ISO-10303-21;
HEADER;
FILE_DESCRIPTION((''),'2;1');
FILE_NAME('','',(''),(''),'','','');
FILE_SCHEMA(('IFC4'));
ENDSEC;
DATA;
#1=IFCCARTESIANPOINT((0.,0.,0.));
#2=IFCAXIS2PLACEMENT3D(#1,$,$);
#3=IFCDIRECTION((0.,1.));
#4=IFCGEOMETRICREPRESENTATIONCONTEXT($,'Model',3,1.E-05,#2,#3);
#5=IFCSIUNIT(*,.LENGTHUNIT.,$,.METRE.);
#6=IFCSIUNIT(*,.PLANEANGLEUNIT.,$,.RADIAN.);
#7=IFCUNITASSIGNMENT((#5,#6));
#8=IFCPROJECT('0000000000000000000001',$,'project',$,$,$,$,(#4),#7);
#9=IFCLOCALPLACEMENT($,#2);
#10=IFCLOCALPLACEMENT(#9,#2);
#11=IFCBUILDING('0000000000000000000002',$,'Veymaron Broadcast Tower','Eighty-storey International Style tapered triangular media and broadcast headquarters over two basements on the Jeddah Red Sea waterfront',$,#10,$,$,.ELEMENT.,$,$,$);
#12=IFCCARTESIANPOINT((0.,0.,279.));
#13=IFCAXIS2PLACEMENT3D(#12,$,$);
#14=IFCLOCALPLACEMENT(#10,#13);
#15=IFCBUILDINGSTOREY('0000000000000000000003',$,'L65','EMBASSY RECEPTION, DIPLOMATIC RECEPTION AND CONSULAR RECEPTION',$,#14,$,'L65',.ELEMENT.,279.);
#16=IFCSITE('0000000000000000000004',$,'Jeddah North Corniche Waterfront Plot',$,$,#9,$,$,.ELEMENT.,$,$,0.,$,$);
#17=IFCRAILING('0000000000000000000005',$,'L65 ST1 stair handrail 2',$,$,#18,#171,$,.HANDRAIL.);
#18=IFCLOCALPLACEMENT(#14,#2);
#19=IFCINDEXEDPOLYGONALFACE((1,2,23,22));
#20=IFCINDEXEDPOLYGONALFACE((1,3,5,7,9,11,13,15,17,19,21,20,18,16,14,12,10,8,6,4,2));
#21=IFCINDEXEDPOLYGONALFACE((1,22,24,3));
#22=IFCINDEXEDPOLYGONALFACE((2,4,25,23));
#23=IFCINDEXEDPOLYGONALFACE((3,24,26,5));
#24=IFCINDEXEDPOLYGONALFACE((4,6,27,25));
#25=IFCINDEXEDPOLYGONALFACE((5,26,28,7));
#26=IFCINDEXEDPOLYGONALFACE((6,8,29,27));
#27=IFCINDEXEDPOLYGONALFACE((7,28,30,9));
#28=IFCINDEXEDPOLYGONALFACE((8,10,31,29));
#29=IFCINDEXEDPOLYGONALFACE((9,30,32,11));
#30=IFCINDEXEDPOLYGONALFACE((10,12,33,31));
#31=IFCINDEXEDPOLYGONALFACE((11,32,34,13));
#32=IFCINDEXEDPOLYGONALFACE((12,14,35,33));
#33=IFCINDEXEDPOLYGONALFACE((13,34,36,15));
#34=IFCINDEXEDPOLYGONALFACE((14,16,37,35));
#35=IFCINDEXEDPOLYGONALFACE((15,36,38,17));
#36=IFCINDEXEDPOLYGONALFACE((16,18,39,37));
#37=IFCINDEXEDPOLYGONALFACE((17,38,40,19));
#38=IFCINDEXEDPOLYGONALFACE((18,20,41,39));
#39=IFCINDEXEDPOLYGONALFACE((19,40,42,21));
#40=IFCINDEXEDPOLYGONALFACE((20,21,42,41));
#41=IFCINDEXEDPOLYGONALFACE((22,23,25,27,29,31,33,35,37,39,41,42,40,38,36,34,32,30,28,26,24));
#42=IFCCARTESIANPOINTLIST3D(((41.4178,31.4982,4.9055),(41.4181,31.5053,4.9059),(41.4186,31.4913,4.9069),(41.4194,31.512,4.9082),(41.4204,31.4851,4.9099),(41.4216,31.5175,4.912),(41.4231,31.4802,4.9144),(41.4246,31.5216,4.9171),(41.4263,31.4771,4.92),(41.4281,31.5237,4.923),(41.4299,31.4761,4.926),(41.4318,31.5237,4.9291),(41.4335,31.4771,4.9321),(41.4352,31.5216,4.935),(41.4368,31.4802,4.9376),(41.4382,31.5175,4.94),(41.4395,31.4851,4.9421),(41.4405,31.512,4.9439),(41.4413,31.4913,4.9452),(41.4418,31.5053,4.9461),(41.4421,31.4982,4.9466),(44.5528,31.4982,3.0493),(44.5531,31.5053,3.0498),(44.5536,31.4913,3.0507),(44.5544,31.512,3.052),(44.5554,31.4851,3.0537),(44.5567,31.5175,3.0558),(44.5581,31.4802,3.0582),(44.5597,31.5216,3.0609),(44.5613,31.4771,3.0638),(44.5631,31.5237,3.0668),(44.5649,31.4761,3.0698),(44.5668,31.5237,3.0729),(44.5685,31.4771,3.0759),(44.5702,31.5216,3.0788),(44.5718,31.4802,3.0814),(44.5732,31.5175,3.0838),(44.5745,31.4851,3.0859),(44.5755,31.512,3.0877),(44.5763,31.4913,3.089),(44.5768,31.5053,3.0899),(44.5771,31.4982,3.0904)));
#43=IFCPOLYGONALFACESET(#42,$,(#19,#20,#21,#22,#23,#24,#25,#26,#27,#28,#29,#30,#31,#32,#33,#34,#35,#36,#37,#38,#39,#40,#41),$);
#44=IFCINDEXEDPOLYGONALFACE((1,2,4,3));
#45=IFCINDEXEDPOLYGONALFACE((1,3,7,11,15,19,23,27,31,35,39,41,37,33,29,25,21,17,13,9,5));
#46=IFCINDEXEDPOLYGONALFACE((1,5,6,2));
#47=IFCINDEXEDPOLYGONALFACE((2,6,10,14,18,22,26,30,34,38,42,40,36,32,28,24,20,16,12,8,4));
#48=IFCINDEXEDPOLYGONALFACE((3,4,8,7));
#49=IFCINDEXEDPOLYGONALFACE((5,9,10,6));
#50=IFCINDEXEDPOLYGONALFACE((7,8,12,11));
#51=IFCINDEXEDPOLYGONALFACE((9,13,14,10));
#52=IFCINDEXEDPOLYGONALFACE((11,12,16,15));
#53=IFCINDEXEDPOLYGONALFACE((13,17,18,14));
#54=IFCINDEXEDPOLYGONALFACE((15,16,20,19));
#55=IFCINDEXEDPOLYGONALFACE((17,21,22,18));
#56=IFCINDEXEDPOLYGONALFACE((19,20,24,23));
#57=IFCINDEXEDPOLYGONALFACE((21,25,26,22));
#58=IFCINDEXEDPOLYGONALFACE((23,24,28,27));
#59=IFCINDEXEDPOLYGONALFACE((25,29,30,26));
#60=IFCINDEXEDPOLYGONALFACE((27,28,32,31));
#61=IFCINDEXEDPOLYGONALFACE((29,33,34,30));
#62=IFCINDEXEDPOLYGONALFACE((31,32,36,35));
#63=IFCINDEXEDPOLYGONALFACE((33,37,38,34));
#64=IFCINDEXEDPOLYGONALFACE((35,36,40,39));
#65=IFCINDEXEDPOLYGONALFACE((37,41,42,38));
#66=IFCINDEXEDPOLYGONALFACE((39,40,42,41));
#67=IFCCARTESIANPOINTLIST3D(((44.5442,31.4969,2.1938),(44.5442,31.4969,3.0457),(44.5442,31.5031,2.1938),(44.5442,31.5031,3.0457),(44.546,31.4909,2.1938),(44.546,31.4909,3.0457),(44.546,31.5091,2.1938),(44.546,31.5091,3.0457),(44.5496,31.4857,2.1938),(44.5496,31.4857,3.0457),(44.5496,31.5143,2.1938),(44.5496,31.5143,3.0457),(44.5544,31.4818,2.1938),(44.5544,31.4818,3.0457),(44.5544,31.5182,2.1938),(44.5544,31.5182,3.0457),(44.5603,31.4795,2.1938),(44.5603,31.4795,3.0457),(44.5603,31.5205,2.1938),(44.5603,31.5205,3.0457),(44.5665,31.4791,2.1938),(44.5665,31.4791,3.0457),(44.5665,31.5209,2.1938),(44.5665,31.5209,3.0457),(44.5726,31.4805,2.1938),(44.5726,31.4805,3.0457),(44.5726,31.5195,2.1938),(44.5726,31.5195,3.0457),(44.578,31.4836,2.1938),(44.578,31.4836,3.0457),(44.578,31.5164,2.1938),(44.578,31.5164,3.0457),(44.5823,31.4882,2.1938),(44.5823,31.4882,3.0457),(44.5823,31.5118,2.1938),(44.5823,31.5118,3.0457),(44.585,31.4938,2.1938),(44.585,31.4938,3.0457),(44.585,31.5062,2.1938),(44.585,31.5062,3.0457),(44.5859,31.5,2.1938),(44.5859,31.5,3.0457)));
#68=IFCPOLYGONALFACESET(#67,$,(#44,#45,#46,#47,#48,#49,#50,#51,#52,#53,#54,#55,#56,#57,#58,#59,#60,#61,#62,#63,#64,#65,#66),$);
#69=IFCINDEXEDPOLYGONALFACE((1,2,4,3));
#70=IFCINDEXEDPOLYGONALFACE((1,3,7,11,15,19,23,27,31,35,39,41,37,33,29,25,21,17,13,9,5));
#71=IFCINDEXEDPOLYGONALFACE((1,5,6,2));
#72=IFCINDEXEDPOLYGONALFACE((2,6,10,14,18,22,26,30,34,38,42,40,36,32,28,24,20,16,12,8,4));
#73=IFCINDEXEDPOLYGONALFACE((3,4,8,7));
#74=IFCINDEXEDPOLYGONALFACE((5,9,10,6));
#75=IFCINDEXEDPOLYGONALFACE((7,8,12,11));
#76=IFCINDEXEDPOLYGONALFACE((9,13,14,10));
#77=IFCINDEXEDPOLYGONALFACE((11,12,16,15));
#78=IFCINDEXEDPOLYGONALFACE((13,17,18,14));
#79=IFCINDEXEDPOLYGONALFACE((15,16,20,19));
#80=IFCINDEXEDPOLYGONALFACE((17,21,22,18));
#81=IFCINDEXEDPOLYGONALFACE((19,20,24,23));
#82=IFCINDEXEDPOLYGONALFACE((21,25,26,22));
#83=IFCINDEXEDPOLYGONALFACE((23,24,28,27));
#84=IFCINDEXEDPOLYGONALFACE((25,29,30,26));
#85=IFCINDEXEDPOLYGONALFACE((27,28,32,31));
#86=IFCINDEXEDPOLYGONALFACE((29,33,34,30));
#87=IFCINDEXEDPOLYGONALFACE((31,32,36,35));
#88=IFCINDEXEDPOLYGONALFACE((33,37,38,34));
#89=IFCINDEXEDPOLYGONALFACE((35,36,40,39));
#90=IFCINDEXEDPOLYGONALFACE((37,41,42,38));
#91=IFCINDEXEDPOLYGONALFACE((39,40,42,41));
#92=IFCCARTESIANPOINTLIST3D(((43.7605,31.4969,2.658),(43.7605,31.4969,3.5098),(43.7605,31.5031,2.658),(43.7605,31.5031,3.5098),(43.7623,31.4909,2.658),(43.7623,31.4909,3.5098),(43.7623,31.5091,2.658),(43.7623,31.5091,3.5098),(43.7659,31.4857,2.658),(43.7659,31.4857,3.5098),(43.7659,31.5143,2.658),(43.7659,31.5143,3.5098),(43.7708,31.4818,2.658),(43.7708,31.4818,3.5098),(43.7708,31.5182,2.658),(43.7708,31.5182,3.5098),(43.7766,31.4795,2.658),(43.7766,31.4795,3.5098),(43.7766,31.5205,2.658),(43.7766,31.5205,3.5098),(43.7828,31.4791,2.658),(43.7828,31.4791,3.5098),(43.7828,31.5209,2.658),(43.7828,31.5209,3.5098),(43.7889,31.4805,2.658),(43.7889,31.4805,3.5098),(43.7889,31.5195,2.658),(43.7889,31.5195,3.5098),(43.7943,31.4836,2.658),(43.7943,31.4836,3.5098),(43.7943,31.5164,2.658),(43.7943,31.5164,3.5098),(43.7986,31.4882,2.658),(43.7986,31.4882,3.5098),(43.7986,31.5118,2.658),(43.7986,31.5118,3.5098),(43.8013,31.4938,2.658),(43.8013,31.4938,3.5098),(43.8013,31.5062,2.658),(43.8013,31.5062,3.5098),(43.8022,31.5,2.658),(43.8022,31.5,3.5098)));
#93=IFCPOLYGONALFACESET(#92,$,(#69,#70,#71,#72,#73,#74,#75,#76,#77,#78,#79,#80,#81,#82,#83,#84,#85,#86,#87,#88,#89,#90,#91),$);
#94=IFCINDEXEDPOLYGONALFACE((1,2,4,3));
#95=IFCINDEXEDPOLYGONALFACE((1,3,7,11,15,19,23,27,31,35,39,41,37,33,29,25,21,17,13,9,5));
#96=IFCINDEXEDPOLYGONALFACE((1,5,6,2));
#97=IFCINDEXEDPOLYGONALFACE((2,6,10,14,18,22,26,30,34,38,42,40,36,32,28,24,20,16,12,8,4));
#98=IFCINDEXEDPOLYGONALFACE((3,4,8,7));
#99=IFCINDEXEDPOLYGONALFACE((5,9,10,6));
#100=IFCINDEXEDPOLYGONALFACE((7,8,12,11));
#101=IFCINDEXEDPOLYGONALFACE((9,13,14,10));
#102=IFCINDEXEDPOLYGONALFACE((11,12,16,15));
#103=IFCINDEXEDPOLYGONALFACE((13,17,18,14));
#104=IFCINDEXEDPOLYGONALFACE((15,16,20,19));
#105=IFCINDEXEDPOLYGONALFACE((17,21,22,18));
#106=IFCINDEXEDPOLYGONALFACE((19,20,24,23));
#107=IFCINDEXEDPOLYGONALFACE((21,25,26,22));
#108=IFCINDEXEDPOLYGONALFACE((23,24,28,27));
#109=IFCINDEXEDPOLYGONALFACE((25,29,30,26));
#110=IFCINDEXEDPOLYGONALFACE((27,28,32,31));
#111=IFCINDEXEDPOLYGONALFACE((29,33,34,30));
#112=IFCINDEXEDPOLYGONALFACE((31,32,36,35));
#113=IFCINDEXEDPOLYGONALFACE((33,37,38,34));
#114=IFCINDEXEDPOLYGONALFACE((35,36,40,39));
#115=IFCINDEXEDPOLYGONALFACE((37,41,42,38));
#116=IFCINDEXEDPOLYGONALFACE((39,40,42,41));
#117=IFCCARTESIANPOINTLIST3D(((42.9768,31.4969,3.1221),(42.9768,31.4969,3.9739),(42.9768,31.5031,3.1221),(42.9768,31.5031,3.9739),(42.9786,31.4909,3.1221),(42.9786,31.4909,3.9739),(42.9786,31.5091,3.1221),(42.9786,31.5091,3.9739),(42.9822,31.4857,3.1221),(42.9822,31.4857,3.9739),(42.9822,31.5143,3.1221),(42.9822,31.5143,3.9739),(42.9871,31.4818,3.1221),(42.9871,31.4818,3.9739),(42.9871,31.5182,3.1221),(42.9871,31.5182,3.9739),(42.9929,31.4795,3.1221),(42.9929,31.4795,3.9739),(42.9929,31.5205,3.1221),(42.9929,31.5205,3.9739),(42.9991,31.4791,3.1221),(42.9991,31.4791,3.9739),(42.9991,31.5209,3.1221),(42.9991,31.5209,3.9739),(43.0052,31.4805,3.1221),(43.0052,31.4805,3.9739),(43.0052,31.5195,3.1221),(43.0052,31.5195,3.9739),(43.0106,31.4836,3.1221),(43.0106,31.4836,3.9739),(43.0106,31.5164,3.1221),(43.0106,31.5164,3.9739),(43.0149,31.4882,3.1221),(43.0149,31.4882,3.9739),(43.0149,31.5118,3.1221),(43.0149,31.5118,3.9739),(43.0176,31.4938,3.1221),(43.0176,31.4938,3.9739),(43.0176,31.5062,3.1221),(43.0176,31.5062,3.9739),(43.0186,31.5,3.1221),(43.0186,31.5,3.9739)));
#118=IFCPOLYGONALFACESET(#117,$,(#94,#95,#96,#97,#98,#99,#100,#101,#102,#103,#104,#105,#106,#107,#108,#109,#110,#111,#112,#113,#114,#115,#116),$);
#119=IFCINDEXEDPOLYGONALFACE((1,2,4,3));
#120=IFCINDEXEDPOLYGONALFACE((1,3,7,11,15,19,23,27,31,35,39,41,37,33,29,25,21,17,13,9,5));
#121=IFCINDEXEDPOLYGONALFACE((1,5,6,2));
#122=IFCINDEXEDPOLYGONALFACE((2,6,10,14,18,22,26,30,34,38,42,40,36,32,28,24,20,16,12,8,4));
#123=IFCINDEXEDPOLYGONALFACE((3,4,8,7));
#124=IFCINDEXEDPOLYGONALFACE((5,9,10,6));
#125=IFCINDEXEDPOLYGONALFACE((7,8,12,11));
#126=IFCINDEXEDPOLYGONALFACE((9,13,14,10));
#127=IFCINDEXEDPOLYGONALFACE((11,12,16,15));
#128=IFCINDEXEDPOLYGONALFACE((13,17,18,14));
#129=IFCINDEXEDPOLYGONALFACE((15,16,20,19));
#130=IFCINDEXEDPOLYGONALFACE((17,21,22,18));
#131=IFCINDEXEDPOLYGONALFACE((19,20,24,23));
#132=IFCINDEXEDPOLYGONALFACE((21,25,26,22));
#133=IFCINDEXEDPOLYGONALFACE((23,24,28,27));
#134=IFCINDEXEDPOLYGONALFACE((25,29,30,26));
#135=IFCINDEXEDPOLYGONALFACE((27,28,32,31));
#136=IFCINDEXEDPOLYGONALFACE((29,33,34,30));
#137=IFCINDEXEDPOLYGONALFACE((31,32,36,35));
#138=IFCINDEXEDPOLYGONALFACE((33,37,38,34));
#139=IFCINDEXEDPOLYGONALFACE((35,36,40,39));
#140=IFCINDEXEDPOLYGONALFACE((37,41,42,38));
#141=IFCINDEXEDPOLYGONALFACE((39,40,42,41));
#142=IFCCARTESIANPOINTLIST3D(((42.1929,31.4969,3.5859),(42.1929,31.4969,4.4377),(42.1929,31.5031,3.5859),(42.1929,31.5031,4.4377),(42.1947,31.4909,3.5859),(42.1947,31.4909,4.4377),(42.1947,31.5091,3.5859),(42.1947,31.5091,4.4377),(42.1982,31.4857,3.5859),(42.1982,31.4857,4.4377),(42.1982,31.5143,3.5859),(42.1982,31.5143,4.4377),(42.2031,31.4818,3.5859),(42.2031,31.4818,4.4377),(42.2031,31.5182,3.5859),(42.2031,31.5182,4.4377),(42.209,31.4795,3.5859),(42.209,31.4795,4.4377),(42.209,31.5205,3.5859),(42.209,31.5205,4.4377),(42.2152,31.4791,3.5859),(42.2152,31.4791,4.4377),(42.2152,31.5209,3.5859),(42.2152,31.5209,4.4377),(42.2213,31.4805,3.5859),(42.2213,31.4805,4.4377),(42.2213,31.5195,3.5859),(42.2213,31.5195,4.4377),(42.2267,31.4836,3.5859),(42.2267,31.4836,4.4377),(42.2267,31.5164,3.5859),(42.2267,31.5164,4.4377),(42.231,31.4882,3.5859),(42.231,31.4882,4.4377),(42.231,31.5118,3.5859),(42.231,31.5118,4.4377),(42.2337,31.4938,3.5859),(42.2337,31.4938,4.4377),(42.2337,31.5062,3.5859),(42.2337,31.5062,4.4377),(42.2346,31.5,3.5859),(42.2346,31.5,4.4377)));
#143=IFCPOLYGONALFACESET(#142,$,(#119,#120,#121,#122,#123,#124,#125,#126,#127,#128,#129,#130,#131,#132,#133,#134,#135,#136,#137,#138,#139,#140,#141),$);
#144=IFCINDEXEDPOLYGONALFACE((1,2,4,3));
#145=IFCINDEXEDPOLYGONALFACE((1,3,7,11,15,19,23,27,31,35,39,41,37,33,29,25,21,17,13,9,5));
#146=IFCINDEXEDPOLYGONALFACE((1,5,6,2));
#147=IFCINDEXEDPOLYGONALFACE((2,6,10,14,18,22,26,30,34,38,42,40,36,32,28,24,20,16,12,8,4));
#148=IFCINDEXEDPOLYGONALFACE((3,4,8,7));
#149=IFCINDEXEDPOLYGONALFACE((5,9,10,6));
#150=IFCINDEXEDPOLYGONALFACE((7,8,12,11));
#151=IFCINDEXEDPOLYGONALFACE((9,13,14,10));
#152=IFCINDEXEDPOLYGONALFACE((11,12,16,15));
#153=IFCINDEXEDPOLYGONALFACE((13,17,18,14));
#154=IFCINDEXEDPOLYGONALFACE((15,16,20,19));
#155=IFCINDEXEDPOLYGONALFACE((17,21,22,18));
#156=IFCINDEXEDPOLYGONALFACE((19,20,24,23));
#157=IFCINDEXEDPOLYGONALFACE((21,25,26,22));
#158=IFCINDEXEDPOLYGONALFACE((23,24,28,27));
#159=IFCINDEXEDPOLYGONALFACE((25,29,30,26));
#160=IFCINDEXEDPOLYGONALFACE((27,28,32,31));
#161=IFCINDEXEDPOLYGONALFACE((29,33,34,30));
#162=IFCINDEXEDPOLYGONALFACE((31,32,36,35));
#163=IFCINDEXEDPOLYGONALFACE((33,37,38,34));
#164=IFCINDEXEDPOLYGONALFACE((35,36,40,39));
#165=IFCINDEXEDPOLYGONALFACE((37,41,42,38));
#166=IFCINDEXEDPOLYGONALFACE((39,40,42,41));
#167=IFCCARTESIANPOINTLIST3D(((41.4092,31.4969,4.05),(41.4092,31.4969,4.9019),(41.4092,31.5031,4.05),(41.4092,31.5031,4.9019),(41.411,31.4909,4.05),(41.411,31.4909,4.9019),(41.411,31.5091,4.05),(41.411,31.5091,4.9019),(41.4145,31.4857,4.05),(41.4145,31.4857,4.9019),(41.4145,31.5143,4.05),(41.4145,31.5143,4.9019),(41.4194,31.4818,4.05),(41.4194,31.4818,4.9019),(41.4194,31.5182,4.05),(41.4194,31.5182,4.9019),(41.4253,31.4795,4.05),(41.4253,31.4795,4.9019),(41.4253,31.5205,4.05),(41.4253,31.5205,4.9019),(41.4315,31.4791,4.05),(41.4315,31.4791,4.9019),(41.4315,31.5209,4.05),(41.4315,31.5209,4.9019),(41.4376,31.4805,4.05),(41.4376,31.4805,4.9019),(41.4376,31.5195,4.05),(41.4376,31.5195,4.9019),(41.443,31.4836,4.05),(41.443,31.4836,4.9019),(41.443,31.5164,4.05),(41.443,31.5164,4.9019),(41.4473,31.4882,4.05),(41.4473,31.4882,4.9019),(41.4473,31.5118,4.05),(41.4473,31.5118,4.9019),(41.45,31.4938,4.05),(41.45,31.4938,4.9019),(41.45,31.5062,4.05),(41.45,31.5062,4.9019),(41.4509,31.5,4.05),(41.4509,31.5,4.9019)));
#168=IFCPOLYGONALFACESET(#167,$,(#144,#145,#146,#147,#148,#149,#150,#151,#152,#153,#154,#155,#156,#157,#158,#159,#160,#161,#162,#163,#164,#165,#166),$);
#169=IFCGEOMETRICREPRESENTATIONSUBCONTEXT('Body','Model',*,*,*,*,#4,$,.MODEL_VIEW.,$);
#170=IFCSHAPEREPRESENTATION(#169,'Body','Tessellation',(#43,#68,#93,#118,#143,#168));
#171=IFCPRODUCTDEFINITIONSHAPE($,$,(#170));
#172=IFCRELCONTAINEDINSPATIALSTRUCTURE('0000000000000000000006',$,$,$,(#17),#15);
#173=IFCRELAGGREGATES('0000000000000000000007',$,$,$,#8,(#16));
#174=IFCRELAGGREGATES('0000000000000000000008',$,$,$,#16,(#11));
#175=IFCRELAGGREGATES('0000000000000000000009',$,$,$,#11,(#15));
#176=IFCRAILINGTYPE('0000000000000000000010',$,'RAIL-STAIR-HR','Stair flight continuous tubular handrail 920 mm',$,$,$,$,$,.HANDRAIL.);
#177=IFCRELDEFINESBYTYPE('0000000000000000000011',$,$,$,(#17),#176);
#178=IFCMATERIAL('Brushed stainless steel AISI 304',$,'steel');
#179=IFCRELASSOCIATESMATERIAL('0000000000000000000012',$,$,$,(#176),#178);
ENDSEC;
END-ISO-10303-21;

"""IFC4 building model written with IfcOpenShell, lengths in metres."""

from ifc_helpers import new_model, si_unit, direction, frame, origin, origin_2d, place, context, subcontext, project, spatial, circle, extrude, material, type_object, element, save


model = new_model("IFC4")

# Units and contexts
model_context = context("Model", 3, precision=1e-05, world=origin(), true_north=direction((0.0, 1.0)))
body_context = subcontext(model_context, "Body", "Model", "MODEL_VIEW")
ifc_project = project(units=[si_unit("LENGTHUNIT", "METRE"), si_unit("PLANEANGLEUNIT", "RADIAN")], contexts=[model_context])

# Site, building, storey
site_placement = place(None, origin())
site = spatial("IfcSite", under=ifc_project, at=site_placement, Name="Jeddah North Corniche Waterfront Plot", CompositionType="ELEMENT", RefElevation=0.0)
building_placement = place(site_placement, origin())
building = spatial("IfcBuilding", under=site, at=building_placement, Name="Veymaron Broadcast Tower", Description="Eighty-storey International Style tapered triangular media and broadcast headquarters over two basements on the Jeddah Red Sea waterfront", CompositionType="ELEMENT")
storey_placement = place(building_placement, frame((0.0, 0.0, 279.0)))
storey = spatial("IfcBuildingStorey", under=building, at=storey_placement, Name="L65", Description="EMBASSY RECEPTION, DIPLOMATIC RECEPTION AND CONSULAR RECEPTION", LongName="L65", CompositionType="ELEMENT", Elevation=279.0)

# Shared definitions
ifc_material_1 = material(Name="Brushed stainless steel AISI 304", Category="steel")

# Railing
railing_type_1 = type_object("IfcRailingType", Name="RAIL-STAIR-HR", Description="Stair flight continuous tubular handrail 920 mm", PredefinedType="HANDRAIL", material=ifc_material_1)
railing_1_placement = place(storey_placement, frame((44.5649, 31.5, 2.1938)))
element("IfcRailing", 1, at=railing_1_placement, inside=storey, type_object=railing_type_1, Name="L65 ST1 stair handrail 2", PredefinedType="HANDRAIL", context=body_context, shape_type="SweptSolid", body=[
    extrude(circle(Radius=0.0239, at=origin_2d()), frame((0.0, 0.0, 0.876), z_axis=(-0.860482, 0.0, 0.509481), x_axis=(0.0, -1.0, 0.0)), (0.0, 0.0, 1.0), 3.6433),
    extrude(circle(Radius=0.021, at=origin_2d()), origin(), (0.0, 0.0, 1.0), 0.8518),
    extrude(circle(Radius=0.021, at=origin_2d()), frame((-0.7837, 0.0, 0.4641)), (0.0, 0.0, 1.0), 0.8518),
    extrude(circle(Radius=0.021, at=origin_2d()), frame((-1.5674, 0.0, 0.9282)), (0.0, 0.0, 1.0), 0.8518),
    extrude(circle(Radius=0.021, at=origin_2d()), frame((-2.3513, 0.0, 1.3921)), (0.0, 0.0, 1.0), 0.8518),
    extrude(circle(Radius=0.021, at=origin_2d()), frame((-3.135, 0.0, 1.8562)), (0.0, 0.0, 1.0), 0.8518),
])

save(model, "model.ifc")
